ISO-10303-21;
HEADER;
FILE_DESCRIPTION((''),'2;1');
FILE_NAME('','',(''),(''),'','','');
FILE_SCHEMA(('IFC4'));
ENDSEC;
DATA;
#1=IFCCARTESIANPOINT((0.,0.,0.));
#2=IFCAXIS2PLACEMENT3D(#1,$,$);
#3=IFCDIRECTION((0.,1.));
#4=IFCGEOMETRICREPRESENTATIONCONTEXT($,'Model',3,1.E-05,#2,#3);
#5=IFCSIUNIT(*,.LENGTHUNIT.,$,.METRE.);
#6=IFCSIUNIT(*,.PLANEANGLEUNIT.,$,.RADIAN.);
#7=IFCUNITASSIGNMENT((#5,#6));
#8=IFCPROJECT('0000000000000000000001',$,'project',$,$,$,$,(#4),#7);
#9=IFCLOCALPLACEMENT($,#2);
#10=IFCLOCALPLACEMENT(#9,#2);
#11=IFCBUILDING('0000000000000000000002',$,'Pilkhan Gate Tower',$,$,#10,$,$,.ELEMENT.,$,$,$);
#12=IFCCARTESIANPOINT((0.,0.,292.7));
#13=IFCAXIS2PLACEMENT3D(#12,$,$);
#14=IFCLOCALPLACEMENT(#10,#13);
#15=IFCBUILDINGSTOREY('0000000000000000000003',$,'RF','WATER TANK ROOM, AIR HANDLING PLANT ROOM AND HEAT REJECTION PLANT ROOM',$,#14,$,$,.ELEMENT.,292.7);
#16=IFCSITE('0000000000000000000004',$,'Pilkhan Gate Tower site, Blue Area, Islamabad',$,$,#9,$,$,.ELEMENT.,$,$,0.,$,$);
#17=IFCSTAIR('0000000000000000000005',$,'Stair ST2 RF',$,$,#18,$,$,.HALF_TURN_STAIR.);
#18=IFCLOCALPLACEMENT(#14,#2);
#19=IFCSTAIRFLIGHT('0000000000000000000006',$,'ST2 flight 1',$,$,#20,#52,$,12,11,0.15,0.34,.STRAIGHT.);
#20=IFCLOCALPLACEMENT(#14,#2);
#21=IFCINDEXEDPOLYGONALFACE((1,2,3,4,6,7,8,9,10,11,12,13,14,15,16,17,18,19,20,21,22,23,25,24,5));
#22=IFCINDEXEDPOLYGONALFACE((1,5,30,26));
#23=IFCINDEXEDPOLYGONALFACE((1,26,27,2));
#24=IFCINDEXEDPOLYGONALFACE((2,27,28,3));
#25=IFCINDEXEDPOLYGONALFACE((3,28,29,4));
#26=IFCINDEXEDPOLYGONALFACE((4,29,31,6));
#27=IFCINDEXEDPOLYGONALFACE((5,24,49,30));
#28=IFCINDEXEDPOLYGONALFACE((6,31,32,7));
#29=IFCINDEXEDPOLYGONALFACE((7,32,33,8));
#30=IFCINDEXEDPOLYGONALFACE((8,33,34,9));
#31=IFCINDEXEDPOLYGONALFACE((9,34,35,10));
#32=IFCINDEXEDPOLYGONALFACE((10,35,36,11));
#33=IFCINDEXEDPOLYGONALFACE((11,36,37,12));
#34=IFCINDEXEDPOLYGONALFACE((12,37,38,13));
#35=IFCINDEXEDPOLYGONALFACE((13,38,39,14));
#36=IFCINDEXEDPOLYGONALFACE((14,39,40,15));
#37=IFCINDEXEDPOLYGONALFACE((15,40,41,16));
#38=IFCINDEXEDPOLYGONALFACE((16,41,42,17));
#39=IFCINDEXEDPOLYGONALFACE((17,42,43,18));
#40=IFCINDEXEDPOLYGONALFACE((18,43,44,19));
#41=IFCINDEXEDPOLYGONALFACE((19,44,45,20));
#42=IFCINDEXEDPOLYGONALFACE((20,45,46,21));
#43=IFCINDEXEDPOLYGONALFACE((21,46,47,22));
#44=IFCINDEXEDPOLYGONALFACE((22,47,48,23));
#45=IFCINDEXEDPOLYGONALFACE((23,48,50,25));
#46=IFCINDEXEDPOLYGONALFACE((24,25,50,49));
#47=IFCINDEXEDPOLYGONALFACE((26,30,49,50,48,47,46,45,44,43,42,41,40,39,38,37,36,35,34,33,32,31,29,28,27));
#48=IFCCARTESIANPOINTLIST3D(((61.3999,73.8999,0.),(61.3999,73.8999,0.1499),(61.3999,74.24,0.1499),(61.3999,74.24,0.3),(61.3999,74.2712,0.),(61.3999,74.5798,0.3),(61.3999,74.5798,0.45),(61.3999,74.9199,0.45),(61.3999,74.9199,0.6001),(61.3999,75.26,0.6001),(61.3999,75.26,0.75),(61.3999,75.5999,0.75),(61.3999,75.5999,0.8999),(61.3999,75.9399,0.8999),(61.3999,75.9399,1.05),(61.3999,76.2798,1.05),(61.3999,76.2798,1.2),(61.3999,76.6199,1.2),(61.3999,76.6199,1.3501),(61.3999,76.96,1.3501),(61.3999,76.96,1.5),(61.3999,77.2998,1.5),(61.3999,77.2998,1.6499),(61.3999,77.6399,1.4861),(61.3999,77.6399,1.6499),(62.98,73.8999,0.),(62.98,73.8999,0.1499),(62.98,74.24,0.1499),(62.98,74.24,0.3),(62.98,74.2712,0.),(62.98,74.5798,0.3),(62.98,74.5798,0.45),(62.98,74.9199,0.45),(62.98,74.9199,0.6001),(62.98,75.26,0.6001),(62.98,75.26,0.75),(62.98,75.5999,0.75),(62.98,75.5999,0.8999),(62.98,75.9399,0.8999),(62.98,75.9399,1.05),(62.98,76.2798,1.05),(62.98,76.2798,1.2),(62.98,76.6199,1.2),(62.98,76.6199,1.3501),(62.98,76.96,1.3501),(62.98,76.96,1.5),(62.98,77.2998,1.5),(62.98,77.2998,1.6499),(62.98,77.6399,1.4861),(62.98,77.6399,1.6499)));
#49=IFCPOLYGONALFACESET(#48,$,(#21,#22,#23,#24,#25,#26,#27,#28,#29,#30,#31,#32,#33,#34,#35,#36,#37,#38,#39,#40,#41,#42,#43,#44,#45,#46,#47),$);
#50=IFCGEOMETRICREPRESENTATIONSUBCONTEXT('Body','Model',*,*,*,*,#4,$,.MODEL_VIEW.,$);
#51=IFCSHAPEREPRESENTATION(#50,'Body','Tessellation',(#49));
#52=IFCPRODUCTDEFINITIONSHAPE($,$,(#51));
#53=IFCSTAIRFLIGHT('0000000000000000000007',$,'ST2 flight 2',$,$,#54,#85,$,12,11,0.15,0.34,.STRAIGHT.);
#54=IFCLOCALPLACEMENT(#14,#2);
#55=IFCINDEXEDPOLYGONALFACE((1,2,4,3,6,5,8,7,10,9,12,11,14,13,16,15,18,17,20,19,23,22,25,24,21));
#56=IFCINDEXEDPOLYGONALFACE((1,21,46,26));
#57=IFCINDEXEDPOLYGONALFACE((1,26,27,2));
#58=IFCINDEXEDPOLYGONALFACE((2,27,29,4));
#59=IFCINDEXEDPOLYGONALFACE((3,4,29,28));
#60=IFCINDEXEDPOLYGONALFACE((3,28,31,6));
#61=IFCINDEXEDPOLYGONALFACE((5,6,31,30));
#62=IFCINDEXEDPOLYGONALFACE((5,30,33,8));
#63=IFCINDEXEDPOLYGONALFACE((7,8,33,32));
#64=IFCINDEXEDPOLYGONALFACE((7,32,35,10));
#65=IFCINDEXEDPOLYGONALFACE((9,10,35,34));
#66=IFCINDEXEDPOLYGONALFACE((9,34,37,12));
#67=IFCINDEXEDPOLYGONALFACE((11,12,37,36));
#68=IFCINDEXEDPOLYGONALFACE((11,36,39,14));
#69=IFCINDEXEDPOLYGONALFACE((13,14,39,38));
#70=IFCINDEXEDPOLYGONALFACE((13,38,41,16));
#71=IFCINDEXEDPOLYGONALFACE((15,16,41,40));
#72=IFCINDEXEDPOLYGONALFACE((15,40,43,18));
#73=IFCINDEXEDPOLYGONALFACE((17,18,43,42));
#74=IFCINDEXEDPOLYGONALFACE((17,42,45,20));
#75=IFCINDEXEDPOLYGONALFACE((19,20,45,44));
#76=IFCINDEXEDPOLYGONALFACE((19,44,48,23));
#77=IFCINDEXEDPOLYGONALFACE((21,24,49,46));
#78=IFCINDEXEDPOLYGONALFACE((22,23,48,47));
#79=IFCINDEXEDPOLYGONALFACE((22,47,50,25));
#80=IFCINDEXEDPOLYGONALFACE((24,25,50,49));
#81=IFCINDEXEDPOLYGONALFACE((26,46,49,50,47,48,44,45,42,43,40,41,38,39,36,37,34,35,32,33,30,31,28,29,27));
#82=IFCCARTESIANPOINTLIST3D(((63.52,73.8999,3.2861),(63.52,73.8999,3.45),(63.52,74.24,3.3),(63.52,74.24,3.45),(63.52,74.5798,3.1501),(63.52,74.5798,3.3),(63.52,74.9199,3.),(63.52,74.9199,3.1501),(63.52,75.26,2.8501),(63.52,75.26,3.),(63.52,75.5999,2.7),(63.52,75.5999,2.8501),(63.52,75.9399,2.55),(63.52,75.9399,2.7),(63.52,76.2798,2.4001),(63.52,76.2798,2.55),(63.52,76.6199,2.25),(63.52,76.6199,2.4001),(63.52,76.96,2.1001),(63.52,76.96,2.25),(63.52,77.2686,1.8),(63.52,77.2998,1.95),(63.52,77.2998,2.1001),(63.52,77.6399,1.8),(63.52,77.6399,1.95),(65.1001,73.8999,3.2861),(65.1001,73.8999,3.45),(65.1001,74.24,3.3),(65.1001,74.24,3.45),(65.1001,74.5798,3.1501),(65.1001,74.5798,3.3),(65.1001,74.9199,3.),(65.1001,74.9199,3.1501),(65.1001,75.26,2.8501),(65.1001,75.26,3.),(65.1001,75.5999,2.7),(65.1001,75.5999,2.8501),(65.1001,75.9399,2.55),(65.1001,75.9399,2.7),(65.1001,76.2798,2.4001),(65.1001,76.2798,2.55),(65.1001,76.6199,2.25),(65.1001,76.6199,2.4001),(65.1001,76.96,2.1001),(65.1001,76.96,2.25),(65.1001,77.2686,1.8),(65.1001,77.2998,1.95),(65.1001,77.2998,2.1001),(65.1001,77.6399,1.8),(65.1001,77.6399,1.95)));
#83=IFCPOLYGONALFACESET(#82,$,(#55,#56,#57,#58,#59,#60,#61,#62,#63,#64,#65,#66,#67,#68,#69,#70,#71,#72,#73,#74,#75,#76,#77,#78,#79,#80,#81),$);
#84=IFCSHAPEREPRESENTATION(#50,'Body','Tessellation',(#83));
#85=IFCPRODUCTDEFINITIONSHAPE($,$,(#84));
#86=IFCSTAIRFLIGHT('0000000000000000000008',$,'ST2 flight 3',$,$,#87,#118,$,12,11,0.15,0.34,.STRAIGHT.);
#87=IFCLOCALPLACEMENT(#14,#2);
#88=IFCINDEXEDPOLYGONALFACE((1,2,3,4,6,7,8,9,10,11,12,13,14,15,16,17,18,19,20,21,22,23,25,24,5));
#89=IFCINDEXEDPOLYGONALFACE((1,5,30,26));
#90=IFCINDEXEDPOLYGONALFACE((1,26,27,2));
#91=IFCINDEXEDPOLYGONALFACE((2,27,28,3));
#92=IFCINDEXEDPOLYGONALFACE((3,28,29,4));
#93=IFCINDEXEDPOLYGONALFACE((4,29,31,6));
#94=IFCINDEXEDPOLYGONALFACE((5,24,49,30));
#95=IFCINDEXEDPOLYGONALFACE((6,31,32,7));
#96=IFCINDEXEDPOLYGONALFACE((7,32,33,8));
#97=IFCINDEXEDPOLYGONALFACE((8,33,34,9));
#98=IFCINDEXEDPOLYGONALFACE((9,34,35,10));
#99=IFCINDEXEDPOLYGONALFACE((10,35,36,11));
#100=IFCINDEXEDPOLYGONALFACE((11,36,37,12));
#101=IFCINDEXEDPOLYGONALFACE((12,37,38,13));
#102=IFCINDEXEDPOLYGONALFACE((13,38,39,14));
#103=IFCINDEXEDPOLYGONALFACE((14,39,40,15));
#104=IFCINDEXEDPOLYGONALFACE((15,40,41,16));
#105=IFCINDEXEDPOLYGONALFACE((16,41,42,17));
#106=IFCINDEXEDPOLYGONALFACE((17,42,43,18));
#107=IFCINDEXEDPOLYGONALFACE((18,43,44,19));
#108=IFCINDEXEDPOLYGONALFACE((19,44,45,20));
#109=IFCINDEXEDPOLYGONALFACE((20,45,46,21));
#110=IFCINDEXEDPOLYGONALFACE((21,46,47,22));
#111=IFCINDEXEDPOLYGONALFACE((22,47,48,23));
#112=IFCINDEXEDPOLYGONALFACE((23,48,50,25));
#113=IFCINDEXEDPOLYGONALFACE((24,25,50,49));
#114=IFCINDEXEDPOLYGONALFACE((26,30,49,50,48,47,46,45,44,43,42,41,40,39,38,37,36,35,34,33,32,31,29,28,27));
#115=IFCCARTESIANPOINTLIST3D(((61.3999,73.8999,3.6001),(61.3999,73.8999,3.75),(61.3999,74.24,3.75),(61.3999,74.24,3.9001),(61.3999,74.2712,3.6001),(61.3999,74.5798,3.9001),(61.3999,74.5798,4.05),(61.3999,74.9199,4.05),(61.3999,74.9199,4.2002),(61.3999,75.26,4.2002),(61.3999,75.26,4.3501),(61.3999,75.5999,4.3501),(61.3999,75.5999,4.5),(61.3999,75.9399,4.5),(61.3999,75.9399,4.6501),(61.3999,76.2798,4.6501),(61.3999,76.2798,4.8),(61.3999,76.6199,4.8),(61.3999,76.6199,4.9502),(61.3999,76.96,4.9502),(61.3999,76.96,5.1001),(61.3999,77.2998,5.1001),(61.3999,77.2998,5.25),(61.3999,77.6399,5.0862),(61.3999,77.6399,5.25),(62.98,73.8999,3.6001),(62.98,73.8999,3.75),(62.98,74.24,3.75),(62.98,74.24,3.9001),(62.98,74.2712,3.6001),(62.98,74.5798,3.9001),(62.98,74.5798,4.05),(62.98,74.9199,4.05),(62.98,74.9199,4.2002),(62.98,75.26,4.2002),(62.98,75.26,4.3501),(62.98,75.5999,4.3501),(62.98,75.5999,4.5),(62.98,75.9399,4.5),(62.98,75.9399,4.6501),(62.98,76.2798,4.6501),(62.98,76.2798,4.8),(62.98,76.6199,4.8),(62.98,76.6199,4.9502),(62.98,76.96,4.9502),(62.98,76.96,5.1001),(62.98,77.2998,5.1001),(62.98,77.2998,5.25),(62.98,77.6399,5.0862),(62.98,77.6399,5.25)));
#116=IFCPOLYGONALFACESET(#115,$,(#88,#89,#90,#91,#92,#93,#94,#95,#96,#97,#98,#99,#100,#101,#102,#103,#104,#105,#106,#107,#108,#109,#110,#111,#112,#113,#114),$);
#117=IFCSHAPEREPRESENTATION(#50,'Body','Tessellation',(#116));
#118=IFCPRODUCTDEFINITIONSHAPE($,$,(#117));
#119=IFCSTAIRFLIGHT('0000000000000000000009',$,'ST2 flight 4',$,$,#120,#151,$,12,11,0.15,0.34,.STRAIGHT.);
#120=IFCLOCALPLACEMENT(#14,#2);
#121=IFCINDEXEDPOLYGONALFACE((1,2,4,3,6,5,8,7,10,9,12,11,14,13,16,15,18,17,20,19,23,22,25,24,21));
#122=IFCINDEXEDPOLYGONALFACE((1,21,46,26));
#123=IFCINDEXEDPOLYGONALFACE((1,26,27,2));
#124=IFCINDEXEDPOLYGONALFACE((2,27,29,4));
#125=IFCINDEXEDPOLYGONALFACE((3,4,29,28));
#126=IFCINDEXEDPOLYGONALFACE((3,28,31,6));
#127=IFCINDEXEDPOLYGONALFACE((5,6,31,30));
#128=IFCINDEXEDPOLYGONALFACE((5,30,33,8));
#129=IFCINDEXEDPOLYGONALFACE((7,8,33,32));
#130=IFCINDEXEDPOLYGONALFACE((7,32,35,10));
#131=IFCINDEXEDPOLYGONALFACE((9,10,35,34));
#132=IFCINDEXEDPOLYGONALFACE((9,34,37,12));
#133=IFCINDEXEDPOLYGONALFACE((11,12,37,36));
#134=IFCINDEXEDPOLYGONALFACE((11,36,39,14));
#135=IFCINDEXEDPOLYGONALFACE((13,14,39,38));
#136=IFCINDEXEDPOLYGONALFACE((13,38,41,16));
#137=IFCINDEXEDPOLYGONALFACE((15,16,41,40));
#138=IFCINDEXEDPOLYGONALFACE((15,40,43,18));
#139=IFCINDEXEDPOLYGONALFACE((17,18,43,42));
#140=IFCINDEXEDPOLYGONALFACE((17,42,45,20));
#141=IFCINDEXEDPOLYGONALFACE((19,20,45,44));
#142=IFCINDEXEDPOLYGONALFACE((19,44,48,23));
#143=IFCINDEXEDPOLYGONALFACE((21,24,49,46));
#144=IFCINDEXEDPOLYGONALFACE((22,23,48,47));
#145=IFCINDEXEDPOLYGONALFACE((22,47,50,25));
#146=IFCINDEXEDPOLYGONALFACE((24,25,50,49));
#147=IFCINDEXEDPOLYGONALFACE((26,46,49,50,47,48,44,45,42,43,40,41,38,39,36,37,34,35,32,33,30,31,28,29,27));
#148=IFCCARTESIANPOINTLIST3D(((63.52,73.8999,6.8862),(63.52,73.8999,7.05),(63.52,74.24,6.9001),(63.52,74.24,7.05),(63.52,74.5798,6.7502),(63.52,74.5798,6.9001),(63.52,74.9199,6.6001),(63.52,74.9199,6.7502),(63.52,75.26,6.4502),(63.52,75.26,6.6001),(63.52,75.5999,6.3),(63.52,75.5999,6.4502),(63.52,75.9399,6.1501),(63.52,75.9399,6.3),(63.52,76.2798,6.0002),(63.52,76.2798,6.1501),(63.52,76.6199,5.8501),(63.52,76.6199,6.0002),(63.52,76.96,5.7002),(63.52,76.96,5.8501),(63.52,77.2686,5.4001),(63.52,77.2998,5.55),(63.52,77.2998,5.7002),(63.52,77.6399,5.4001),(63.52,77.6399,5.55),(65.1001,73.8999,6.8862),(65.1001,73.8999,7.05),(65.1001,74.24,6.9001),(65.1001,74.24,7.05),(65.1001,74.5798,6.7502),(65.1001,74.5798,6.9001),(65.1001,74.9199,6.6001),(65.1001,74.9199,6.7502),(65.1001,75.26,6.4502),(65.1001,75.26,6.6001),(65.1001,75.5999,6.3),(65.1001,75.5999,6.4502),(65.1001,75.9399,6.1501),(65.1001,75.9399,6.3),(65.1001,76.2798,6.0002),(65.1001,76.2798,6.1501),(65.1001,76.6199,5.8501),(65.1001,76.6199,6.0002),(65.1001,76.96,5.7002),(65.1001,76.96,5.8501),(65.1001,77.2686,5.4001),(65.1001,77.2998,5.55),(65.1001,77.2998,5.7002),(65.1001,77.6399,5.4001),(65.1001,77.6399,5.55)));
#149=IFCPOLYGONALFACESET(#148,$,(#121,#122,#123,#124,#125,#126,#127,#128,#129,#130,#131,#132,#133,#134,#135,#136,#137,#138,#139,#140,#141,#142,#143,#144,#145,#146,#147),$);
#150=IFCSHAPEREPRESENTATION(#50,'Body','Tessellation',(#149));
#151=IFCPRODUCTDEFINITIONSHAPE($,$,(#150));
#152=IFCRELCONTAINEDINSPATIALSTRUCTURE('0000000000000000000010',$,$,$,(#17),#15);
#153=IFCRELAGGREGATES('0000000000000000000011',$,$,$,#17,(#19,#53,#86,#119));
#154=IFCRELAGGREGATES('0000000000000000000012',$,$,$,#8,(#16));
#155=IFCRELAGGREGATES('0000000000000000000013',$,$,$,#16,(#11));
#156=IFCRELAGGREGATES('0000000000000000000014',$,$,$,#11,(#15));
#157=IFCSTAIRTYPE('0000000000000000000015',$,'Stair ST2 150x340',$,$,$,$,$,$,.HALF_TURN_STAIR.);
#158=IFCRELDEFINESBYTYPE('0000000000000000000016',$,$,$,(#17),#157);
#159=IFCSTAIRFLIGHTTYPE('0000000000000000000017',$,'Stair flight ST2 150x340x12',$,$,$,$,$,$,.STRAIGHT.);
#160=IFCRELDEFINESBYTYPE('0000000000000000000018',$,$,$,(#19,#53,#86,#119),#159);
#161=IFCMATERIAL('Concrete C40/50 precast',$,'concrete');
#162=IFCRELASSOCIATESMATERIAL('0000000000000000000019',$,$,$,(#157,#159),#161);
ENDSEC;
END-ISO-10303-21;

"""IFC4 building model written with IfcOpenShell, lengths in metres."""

from ifc_helpers import new_model, si_unit, direction, frame, origin, place, context, subcontext, project, spatial, polyline, outline, extrude, material, type_object, element, aggregate, save


model = new_model("IFC4")

# Units and contexts
model_context = context("Model", 3, precision=1e-05, world=origin(), true_north=direction((0.0, 1.0)))
body_context = subcontext(model_context, "Body", "Model", "MODEL_VIEW")
ifc_project = project(units=[si_unit("LENGTHUNIT", "METRE"), si_unit("PLANEANGLEUNIT", "RADIAN")], contexts=[model_context])

# Site, building, storey
site_placement = place(None, origin())
site = spatial("IfcSite", under=ifc_project, at=site_placement, Name="Pilkhan Gate Tower site, Blue Area, Islamabad", CompositionType="ELEMENT", RefElevation=0.0)
building_placement = place(site_placement, origin())
building = spatial("IfcBuilding", under=site, at=building_placement, Name="Pilkhan Gate Tower", CompositionType="ELEMENT")
storey_placement = place(building_placement, frame((0.0, 0.0, 292.7)))
storey = spatial("IfcBuildingStorey", under=building, at=storey_placement, Name="RF", Description="WATER TANK ROOM, AIR HANDLING PLANT ROOM AND HEAT REJECTION PLANT ROOM", CompositionType="ELEMENT", Elevation=292.7)

# Stair, stair flights
ifc_material_1 = material(Name="Concrete C40/50 precast", Category="concrete")
stair_type = type_object("IfcStairType", Name="Stair ST2 150x340", PredefinedType="HALF_TURN_STAIR", material=ifc_material_1)
stair_placement = place(storey_placement, origin())
stair = element("IfcStair", 1, at=stair_placement, inside=storey, type_object=stair_type, Name="Stair ST2 RF", PredefinedType="HALF_TURN_STAIR")
stair_flight_type = type_object("IfcStairFlightType", Name="Stair flight ST2 150x340x12", PredefinedType="STRAIGHT", material=ifc_material_1)
stair_flight_1_placement = place(storey_placement, frame((62.1899, 73.8999, 0.0), z_axis=(0.0, 0.0, 1.0), x_axis=(0.0, 1.0, 0.0)))
stair_flight_1 = element("IfcStairFlight", 2, at=stair_flight_1_placement, type_object=stair_flight_type, Name="ST2 flight 1", NumberOfRisers=12, NumberOfTreads=11, PredefinedType="STRAIGHT", RiserHeight=0.15, TreadLength=0.34, context=body_context, shape_type="SweptSolid", body=[
    extrude(outline(polyline([(0.0, 0.0), (0.0, 0.1499), (0.3401, 0.1499), (0.3401, 0.3), (0.6799, 0.3), (0.6799, 0.45), (1.02, 0.45), (1.02, 0.6001), (1.3601, 0.6001), (1.3601, 0.75), (1.7, 0.75), (1.7, 0.8999), (2.04, 0.8999), (2.04, 1.05), (2.3799, 1.05), (2.3799, 1.2), (2.72, 1.2), (2.72, 1.3501), (3.0601, 1.3501), (3.0601, 1.5), (3.3999, 1.5), (3.3999, 1.6499), (3.74, 1.6499), (3.74, 1.8), (3.74, 1.4861), (0.3713, 0.0), (0.0, 0.0)])), frame((0.0, 0.79, 0.0), z_axis=(0.0, -1.0, 0.0), x_axis=(1.0, 0.0, 0.0)), (0.0, 0.0, 1.0), 1.5801),
])
stair_flight_2_placement = place(storey_placement, frame((64.3101, 77.6399, 1.8), z_axis=(0.0, 0.0, 1.0), x_axis=(0.0, -1.0, 0.0)))
stair_flight_2 = element("IfcStairFlight", 3, at=stair_flight_2_placement, type_object=stair_flight_type, Name="ST2 flight 2", NumberOfRisers=12, NumberOfTreads=11, PredefinedType="STRAIGHT", RiserHeight=0.15, TreadLength=0.34, context=body_context, shape_type="SweptSolid", body=[
    extrude(outline(polyline([(0.0, 0.0), (0.0, 0.1499), (0.3401, 0.1499), (0.3401, 0.3), (0.6799, 0.3), (0.6799, 0.45), (1.02, 0.45), (1.02, 0.6001), (1.3601, 0.6001), (1.3601, 0.75), (1.7, 0.75), (1.7, 0.8999), (2.04, 0.8999), (2.04, 1.05), (2.3799, 1.05), (2.3799, 1.2), (2.72, 1.2), (2.72, 1.3501), (3.0601, 1.3501), (3.0601, 1.5), (3.3999, 1.5), (3.3999, 1.6499), (3.74, 1.6499), (3.74, 1.8), (3.74, 1.4861), (0.3713, 0.0), (0.0, 0.0)])), frame((0.0, 0.79, 0.0), z_axis=(0.0, -1.0, 0.0), x_axis=(1.0, 0.0, 0.0)), (0.0, 0.0, 1.0), 1.5801),
])
stair_flight_3_placement = place(storey_placement, frame((62.1899, 73.8999, 3.6001), z_axis=(0.0, 0.0, 1.0), x_axis=(0.0, 1.0, 0.0)))
stair_flight_3 = element("IfcStairFlight", 4, at=stair_flight_3_placement, type_object=stair_flight_type, Name="ST2 flight 3", NumberOfRisers=12, NumberOfTreads=11, PredefinedType="STRAIGHT", RiserHeight=0.15, TreadLength=0.34, context=body_context, shape_type="SweptSolid", body=[
    extrude(outline(polyline([(0.0, 0.0), (0.0, 0.1499), (0.3401, 0.1499), (0.3401, 0.3), (0.6799, 0.3), (0.6799, 0.45), (1.02, 0.45), (1.02, 0.6001), (1.3601, 0.6001), (1.3601, 0.75), (1.7, 0.75), (1.7, 0.8999), (2.04, 0.8999), (2.04, 1.05), (2.3799, 1.05), (2.3799, 1.2), (2.72, 1.2), (2.72, 1.3501), (3.0601, 1.3501), (3.0601, 1.5), (3.3999, 1.5), (3.3999, 1.6499), (3.74, 1.6499), (3.74, 1.8), (3.74, 1.4861), (0.3713, 0.0), (0.0, 0.0)])), frame((0.0, 0.79, 0.0), z_axis=(0.0, -1.0, 0.0), x_axis=(1.0, 0.0, 0.0)), (0.0, 0.0, 1.0), 1.5801),
])
stair_flight_4_placement = place(storey_placement, frame((64.3101, 77.6399, 5.4001), z_axis=(0.0, 0.0, 1.0), x_axis=(0.0, -1.0, 0.0)))
stair_flight_4 = element("IfcStairFlight", 5, at=stair_flight_4_placement, type_object=stair_flight_type, Name="ST2 flight 4", NumberOfRisers=12, NumberOfTreads=11, PredefinedType="STRAIGHT", RiserHeight=0.15, TreadLength=0.34, context=body_context, shape_type="SweptSolid", body=[
    extrude(outline(polyline([(0.0, 0.0), (0.0, 0.1499), (0.3401, 0.1499), (0.3401, 0.3), (0.6799, 0.3), (0.6799, 0.45), (1.02, 0.45), (1.02, 0.6001), (1.3601, 0.6001), (1.3601, 0.75), (1.7, 0.75), (1.7, 0.8999), (2.04, 0.8999), (2.04, 1.05), (2.3799, 1.05), (2.3799, 1.2), (2.72, 1.2), (2.72, 1.3501), (3.0601, 1.3501), (3.0601, 1.5), (3.3999, 1.5), (3.3999, 1.6499), (3.74, 1.6499), (3.74, 1.8), (3.74, 1.4861), (0.3713, 0.0), (0.0, 0.0)])), frame((0.0, 0.79, 0.0), z_axis=(0.0, -1.0, 0.0), x_axis=(1.0, 0.0, 0.0)), (0.0, 0.0, 1.0), 1.5801),
])
aggregate(stair, [stair_flight_1, stair_flight_2, stair_flight_3, stair_flight_4])

save(model, "model.ifc")
